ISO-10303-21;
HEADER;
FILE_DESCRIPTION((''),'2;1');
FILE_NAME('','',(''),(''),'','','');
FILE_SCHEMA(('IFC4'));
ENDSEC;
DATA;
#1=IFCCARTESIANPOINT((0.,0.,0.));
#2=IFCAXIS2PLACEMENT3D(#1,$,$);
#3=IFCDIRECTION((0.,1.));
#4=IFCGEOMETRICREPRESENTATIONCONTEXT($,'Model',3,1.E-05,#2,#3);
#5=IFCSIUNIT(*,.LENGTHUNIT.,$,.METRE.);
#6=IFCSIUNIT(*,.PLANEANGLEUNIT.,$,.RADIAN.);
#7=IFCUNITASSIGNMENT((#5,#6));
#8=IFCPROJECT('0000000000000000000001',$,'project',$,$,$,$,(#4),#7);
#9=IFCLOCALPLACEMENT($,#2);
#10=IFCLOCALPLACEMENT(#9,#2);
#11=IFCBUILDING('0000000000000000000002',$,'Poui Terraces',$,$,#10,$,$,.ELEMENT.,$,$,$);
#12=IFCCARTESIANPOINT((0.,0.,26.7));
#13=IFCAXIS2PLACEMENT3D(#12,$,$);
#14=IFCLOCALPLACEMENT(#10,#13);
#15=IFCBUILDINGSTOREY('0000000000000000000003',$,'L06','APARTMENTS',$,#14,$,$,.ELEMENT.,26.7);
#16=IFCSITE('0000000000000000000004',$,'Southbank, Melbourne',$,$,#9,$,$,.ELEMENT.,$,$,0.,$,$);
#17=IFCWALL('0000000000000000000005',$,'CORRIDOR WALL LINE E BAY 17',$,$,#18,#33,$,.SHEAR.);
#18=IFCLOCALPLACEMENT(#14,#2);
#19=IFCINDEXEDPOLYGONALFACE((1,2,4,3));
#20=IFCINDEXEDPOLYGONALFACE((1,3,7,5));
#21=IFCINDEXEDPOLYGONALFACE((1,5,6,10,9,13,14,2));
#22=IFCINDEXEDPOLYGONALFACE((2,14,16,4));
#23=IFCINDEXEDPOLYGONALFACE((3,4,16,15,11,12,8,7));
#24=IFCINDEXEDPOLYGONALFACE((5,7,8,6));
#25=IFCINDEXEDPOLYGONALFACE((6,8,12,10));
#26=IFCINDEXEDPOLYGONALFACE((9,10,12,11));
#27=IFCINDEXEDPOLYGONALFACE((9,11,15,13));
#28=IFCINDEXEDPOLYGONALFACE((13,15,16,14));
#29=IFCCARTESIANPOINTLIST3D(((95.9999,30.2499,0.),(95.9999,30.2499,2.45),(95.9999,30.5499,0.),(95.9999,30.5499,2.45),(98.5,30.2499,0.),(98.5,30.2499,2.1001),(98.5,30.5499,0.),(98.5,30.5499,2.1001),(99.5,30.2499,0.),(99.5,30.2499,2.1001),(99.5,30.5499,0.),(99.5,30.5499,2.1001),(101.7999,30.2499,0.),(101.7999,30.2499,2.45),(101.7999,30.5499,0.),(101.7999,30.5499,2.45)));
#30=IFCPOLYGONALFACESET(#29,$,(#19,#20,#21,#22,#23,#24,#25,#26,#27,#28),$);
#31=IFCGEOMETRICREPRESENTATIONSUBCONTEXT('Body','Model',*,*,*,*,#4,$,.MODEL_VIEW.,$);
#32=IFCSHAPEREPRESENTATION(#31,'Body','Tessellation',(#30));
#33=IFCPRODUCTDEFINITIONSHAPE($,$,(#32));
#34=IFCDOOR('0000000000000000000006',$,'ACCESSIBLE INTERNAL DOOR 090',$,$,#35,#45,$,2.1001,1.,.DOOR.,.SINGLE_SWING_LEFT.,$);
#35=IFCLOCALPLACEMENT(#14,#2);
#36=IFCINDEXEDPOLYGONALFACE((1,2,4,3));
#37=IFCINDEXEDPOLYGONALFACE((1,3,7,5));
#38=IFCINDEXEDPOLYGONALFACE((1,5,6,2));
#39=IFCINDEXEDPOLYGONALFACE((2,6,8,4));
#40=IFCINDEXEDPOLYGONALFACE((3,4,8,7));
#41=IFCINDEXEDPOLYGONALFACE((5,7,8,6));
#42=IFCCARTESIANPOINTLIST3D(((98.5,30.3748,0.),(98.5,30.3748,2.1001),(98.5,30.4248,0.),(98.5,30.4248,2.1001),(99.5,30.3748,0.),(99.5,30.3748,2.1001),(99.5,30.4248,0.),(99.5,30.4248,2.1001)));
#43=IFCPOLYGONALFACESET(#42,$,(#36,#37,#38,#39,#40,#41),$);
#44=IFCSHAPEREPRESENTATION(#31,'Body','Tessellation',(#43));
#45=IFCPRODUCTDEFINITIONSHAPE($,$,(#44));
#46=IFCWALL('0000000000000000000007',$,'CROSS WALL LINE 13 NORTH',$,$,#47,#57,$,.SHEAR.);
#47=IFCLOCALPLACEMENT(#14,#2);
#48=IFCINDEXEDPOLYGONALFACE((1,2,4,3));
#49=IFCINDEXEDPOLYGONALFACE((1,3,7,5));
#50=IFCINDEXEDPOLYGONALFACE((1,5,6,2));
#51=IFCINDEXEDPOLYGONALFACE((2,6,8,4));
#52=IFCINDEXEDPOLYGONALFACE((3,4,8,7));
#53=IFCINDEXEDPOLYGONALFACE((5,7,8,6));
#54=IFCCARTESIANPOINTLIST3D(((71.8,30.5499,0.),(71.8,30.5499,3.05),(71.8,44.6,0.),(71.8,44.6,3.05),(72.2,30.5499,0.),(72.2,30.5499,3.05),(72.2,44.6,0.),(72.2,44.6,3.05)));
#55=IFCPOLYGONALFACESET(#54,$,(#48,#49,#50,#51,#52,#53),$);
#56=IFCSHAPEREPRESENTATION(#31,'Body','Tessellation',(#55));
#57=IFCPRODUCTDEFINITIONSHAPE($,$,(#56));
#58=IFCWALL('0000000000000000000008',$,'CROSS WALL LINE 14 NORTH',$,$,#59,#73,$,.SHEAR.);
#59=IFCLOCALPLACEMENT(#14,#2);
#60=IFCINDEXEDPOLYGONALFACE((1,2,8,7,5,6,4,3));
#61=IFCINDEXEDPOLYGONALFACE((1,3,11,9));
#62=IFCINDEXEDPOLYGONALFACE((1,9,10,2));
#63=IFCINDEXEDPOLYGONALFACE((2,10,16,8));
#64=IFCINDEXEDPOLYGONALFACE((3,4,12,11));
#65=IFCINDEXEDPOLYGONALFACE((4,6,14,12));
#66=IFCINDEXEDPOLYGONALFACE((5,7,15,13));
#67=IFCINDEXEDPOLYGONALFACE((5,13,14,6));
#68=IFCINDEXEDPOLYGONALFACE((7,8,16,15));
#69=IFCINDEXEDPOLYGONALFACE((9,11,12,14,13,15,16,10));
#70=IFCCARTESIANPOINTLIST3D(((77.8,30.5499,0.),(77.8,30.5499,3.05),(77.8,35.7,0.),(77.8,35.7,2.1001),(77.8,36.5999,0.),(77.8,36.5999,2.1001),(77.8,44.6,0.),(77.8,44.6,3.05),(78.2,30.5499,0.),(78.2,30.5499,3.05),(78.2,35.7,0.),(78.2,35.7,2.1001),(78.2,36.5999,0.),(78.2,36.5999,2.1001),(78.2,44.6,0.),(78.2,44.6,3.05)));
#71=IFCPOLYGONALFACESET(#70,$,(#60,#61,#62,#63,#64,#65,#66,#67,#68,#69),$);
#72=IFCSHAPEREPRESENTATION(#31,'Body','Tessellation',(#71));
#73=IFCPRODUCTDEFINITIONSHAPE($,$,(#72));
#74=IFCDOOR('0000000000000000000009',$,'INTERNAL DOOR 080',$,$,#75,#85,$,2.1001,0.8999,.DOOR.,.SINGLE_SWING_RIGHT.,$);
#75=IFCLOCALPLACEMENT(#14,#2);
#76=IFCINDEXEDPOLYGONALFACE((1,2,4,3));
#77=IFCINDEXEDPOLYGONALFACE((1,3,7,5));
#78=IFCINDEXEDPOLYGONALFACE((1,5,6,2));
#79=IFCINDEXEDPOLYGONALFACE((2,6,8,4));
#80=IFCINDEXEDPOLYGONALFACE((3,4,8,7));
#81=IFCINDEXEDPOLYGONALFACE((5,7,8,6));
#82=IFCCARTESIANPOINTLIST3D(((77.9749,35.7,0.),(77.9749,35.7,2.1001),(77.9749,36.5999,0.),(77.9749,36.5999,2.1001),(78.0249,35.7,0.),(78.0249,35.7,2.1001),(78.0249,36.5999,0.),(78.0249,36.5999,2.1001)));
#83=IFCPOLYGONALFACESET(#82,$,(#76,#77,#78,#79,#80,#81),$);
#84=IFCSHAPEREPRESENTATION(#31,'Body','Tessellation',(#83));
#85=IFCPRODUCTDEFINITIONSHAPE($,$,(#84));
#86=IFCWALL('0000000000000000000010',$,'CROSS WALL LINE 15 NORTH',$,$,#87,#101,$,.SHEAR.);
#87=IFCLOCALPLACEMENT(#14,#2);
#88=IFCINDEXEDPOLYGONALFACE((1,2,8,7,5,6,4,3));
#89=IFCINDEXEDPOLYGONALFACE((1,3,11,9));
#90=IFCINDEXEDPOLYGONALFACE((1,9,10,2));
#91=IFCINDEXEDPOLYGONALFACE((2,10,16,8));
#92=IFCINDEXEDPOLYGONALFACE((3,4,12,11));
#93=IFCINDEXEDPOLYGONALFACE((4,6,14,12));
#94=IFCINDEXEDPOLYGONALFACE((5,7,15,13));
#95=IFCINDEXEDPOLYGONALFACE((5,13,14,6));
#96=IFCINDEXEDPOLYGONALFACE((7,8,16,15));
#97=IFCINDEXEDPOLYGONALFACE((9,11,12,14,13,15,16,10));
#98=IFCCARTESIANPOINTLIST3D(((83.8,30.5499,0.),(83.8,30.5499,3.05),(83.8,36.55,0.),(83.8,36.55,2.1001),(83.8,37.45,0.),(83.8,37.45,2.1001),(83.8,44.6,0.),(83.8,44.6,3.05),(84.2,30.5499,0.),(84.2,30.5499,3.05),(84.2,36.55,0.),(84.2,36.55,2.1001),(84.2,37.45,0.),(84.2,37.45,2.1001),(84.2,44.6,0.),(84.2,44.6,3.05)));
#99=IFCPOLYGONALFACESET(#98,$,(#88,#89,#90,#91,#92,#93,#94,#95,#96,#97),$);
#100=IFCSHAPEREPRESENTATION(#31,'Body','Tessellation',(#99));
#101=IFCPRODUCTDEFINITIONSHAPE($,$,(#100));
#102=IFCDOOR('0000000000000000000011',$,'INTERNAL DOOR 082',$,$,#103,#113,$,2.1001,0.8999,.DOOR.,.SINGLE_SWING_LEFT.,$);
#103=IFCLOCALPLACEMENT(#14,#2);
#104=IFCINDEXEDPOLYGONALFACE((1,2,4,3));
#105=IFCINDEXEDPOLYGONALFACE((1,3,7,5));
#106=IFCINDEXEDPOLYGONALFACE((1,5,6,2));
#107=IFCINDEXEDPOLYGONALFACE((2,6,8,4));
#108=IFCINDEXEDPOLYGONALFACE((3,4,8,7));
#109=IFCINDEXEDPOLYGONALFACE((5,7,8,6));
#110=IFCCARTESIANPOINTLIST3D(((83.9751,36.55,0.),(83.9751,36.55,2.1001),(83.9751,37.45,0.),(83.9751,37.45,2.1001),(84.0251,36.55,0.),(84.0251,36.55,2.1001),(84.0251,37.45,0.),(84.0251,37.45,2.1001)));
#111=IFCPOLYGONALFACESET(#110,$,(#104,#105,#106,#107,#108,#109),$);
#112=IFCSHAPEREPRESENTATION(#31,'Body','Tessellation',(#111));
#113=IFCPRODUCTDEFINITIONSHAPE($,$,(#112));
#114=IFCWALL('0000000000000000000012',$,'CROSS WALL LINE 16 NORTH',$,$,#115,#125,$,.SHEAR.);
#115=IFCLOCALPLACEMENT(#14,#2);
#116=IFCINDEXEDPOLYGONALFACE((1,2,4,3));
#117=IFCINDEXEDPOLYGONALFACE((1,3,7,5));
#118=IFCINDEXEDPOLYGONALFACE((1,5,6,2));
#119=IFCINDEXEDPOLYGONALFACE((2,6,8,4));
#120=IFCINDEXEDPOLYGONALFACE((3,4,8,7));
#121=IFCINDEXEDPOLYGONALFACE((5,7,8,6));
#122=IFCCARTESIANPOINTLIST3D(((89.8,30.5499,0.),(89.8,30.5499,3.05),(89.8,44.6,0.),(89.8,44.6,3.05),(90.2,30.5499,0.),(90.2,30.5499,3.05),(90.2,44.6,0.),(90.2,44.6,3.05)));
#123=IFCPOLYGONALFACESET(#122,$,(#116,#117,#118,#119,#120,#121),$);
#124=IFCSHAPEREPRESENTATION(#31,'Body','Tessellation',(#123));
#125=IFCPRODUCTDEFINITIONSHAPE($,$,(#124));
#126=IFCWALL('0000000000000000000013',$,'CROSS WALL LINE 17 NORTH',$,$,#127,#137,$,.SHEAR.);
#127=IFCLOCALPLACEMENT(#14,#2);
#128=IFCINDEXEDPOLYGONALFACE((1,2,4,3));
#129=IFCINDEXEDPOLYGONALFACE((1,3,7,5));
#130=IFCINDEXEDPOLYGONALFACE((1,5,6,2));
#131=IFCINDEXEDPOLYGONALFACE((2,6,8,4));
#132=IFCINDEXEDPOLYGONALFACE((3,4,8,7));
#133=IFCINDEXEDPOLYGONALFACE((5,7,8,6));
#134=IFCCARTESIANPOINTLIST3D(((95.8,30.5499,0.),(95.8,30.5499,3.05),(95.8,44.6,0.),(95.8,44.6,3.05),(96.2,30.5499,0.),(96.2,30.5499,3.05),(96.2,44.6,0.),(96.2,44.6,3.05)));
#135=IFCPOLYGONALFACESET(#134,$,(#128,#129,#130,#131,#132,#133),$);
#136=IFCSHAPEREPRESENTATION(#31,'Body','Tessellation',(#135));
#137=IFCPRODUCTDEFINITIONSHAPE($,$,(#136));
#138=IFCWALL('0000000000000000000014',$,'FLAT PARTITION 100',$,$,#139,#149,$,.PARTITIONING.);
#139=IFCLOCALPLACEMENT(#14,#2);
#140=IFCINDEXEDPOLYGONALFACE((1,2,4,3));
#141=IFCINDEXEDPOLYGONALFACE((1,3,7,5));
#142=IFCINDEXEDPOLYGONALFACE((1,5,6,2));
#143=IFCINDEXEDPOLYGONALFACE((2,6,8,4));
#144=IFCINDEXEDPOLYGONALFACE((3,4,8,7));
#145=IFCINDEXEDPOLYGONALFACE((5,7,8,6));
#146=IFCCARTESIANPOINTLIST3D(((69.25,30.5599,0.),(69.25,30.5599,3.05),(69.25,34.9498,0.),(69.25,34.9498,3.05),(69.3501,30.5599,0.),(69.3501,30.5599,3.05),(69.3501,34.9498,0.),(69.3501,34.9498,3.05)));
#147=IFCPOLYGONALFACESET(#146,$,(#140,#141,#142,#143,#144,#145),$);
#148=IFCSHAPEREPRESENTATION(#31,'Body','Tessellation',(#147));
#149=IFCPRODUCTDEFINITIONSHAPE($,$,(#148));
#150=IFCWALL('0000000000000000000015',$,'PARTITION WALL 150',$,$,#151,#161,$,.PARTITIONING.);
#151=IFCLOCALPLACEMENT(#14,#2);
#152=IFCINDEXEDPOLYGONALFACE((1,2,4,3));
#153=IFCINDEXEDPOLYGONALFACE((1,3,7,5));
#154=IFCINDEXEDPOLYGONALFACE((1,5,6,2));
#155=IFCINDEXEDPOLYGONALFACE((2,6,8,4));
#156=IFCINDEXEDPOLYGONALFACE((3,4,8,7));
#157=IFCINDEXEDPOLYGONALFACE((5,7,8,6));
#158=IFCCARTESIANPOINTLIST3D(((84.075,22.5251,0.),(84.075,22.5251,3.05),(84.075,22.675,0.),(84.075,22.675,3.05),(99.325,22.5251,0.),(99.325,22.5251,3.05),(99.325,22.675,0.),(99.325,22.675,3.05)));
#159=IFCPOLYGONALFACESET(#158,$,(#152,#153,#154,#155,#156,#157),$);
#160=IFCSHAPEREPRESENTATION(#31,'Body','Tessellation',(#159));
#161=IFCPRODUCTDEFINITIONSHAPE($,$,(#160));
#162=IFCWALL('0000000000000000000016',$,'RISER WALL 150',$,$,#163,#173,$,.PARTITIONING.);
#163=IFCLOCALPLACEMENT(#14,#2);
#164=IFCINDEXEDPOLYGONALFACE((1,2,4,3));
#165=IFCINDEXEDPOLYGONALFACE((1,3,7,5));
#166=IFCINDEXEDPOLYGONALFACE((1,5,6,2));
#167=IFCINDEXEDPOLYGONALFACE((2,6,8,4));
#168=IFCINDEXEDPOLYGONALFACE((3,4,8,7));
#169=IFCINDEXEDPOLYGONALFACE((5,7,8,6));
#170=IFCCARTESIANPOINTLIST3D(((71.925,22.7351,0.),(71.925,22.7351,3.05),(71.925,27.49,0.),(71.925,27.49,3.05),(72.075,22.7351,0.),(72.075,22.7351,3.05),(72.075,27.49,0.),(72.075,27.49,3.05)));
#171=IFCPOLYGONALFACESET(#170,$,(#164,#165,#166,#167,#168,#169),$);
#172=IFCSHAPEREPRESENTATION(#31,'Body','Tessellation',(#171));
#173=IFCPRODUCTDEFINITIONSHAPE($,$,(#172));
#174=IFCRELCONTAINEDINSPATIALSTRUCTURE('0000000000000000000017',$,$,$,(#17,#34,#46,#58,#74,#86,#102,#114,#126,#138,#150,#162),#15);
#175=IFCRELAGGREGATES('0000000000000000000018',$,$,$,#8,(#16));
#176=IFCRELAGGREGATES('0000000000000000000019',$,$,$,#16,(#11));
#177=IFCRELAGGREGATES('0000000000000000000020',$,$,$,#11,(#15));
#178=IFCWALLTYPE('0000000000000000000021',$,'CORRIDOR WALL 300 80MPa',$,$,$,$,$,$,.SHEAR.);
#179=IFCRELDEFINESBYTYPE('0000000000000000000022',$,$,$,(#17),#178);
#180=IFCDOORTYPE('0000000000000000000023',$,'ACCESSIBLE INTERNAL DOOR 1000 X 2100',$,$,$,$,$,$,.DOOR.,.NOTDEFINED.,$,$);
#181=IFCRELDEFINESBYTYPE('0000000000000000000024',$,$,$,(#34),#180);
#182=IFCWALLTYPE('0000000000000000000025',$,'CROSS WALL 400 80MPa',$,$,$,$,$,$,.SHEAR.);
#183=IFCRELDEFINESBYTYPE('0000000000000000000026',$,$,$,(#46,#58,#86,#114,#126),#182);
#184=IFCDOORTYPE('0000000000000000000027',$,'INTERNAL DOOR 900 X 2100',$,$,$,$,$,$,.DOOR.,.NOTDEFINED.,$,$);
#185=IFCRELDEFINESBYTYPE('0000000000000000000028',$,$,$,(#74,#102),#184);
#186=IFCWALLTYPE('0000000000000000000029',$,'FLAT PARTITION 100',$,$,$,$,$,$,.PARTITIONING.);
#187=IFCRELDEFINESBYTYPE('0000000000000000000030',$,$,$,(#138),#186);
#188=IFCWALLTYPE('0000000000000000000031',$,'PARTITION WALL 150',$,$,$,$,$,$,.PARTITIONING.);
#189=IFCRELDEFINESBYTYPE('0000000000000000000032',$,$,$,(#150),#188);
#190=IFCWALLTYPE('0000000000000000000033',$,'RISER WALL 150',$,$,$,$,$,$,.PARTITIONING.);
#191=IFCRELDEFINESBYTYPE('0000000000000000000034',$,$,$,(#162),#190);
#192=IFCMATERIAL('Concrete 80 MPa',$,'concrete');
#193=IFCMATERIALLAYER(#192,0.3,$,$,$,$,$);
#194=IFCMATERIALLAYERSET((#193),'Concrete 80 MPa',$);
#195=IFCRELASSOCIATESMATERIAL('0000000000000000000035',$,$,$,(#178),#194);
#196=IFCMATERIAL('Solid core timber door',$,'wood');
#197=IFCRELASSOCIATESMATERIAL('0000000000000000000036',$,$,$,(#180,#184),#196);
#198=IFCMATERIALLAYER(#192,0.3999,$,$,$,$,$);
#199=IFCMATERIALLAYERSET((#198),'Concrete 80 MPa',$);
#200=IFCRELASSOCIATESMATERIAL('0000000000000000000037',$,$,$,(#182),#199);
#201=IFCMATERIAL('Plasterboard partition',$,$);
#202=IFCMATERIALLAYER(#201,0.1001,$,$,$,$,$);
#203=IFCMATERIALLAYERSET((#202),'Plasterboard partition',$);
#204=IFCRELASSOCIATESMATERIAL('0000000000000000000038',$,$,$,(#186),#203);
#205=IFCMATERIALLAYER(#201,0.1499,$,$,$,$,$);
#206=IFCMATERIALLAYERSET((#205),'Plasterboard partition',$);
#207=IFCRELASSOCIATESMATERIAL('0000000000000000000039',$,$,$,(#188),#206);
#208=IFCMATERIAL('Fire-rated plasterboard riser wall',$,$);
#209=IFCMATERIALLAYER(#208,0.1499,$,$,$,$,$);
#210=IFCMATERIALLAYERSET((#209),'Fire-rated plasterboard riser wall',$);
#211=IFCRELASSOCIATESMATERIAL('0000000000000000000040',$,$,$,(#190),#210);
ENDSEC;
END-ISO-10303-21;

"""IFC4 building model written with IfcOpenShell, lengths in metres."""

from ifc_helpers import new_model, si_unit, direction, frame, frame_2d, origin, place, context, subcontext, project, spatial, rectangle, extrude, material, layer, layer_set, type_object, element, fill, save


model = new_model("IFC4")

# Units and contexts
model_context = context("Model", 3, precision=1e-05, world=origin(), true_north=direction((0.0, 1.0)))
body_context = subcontext(model_context, "Body", "Model", "MODEL_VIEW")
ifc_project = project(units=[si_unit("LENGTHUNIT", "METRE"), si_unit("PLANEANGLEUNIT", "RADIAN")], contexts=[model_context])

# Site, building, storey
site_placement = place(None, origin())
site = spatial("IfcSite", under=ifc_project, at=site_placement, Name="Southbank, Melbourne", CompositionType="ELEMENT", RefElevation=0.0)
building_placement = place(site_placement, origin())
building = spatial("IfcBuilding", under=site, at=building_placement, Name="Poui Terraces", CompositionType="ELEMENT")
storey_placement = place(building_placement, frame((0.0, 0.0, 26.7)))
storey = spatial("IfcBuildingStorey", under=building, at=storey_placement, Name="L06", Description="APARTMENTS", CompositionType="ELEMENT", Elevation=26.7)

# Shared definitions
ifc_material_1 = material(Name="Concrete 80 MPa", Category="concrete")

# Shared definitions
ifc_layer_1 = layer(ifc_material_1, 0.3)
ifc_layer_set_1 = layer_set([ifc_layer_1], Name="Concrete 80 MPa")
wall_type_1 = type_object("IfcWallType", Name="CORRIDOR WALL 300 80MPa", PredefinedType="SHEAR", material=ifc_layer_set_1)

# Wall, opening, door
wall_1_placement = place(storey_placement, frame((96.0, 30.3999, 0.0), z_axis=(0.0, 0.0, 1.0), x_axis=(1.0, 0.0, 0.0)))
wall_1 = element("IfcWall", 1, at=wall_1_placement, inside=storey, type_object=wall_type_1, Name="CORRIDOR WALL LINE E BAY 17", PredefinedType="SHEAR", context=body_context, shape_type="SweptSolid", body=[
    extrude(rectangle(XDim=5.8, YDim=0.3, at=frame_2d((2.8999, 0.0))), origin(), (0.0, 0.0, 1.0), 2.45),
])
opening_1_placement = place(wall_1_placement, frame((2.5, 0.0, 0.0)))
opening_1 = element("IfcOpeningElement", 2, at=opening_1_placement, cuts=wall_1, PredefinedType="OPENING", context=body_context, shape_type="SweptSolid", body=[
    extrude(rectangle(XDim=1.0, YDim=2.1001, at=frame_2d((0.5, 1.05))), frame((0.0, 0.1602, 0.0), z_axis=(0.0, -1.0, 0.0), x_axis=(1.0, 0.0, 0.0)), (0.0, 0.0, 1.0), 0.3201),
])
ifc_material_2 = material(Name="Solid core timber door", Category="wood")
door_type_1 = type_object("IfcDoorType", Name="ACCESSIBLE INTERNAL DOOR 1000 X 2100", OperationType="NOTDEFINED", PredefinedType="DOOR", material=ifc_material_2)
door_1_placement = place(opening_1_placement, origin())
door_1 = element("IfcDoor", 3, at=door_1_placement, inside=storey, type_object=door_type_1, Name="ACCESSIBLE INTERNAL DOOR 090", OperationType="SINGLE_SWING_LEFT", OverallHeight=2.1001, OverallWidth=1.0, PredefinedType="DOOR", context=body_context, shape_type="SweptSolid", body=[
    extrude(rectangle(XDim=1.0, YDim=2.1001, at=frame_2d((0.5, 1.05))), frame((0.0, 0.0249, 0.0), z_axis=(0.0, -1.0, 0.0), x_axis=(1.0, 0.0, 0.0)), (0.0, 0.0, 1.0), 0.05),
])
fill(opening_1, door_1)

# Wall
ifc_layer_2 = layer(ifc_material_1, 0.3999)
ifc_layer_set_2 = layer_set([ifc_layer_2], Name="Concrete 80 MPa")
wall_type_2 = type_object("IfcWallType", Name="CROSS WALL 400 80MPa", PredefinedType="SHEAR", material=ifc_layer_set_2)
wall_2_placement = place(storey_placement, frame((72.0, 30.55, 0.0), z_axis=(0.0, 0.0, 1.0), x_axis=(0.0, 1.0, 0.0)))
element("IfcWall", 4, at=wall_2_placement, inside=storey, type_object=wall_type_2, Name="CROSS WALL LINE 13 NORTH", PredefinedType="SHEAR", context=body_context, shape_type="SweptSolid", body=[
    extrude(rectangle(XDim=14.05, YDim=0.3999, at=frame_2d((7.0249, 0.0))), origin(), (0.0, 0.0, 1.0), 3.05),
])

# Walls, openings, doors
wall_3_placement = place(storey_placement, frame((78.0, 30.55, 0.0), z_axis=(0.0, 0.0, 1.0), x_axis=(0.0, 1.0, 0.0)))
wall_3 = element("IfcWall", 5, at=wall_3_placement, inside=storey, type_object=wall_type_2, Name="CROSS WALL LINE 14 NORTH", PredefinedType="SHEAR", context=body_context, shape_type="SweptSolid", body=[
    extrude(rectangle(XDim=14.05, YDim=0.3999, at=frame_2d((7.0249, 0.0))), origin(), (0.0, 0.0, 1.0), 3.05),
])
opening_2_placement = place(wall_3_placement, frame((5.1499, 0.0, 0.0)))
opening_2 = element("IfcOpeningElement", 6, at=opening_2_placement, cuts=wall_3, PredefinedType="OPENING", context=body_context, shape_type="SweptSolid", body=[
    extrude(rectangle(XDim=0.8999, YDim=2.1001, at=frame_2d((0.45, 1.05))), frame((0.0, 0.21, 0.0), z_axis=(0.0, -1.0, 0.0), x_axis=(1.0, 0.0, 0.0)), (0.0, 0.0, 1.0), 0.4199),
])
door_type_2 = type_object("IfcDoorType", Name="INTERNAL DOOR 900 X 2100", OperationType="NOTDEFINED", PredefinedType="DOOR", material=ifc_material_2)
door_2_placement = place(opening_2_placement, frame((0.8999, 0.0, 0.0), z_axis=(0.0, 0.0, 1.0), x_axis=(-1.0, 0.0, 0.0)))
door_2 = element("IfcDoor", 7, at=door_2_placement, inside=storey, type_object=door_type_2, Name="INTERNAL DOOR 080", OperationType="SINGLE_SWING_RIGHT", OverallHeight=2.1001, OverallWidth=0.8999, PredefinedType="DOOR", context=body_context, shape_type="SweptSolid", body=[
    extrude(rectangle(XDim=0.8999, YDim=2.1001, at=frame_2d((0.45, 1.05))), frame((0.0, 0.0249, 0.0), z_axis=(0.0, -1.0, 0.0), x_axis=(1.0, 0.0, 0.0)), (0.0, 0.0, 1.0), 0.05),
])
fill(opening_2, door_2)
wall_4_placement = place(storey_placement, frame((84.0, 30.55, 0.0), z_axis=(0.0, 0.0, 1.0), x_axis=(0.0, 1.0, 0.0)))
wall_4 = element("IfcWall", 8, at=wall_4_placement, inside=storey, type_object=wall_type_2, Name="CROSS WALL LINE 15 NORTH", PredefinedType="SHEAR", context=body_context, shape_type="SweptSolid", body=[
    extrude(rectangle(XDim=14.05, YDim=0.3999, at=frame_2d((7.0249, 0.0))), origin(), (0.0, 0.0, 1.0), 3.05),
])
opening_3_placement = place(wall_4_placement, frame((6.0, 0.0, 0.0)))
opening_3 = element("IfcOpeningElement", 9, at=opening_3_placement, cuts=wall_4, PredefinedType="OPENING", context=body_context, shape_type="SweptSolid", body=[
    extrude(rectangle(XDim=0.8999, YDim=2.1001, at=frame_2d((0.45, 1.05))), frame((0.0, 0.21, 0.0), z_axis=(0.0, -1.0, 0.0), x_axis=(1.0, 0.0, 0.0)), (0.0, 0.0, 1.0), 0.4199),
])
door_3_placement = place(opening_3_placement, origin())
door_3 = element("IfcDoor", 10, at=door_3_placement, inside=storey, type_object=door_type_2, Name="INTERNAL DOOR 082", OperationType="SINGLE_SWING_LEFT", OverallHeight=2.1001, OverallWidth=0.8999, PredefinedType="DOOR", context=body_context, shape_type="SweptSolid", body=[
    extrude(rectangle(XDim=0.8999, YDim=2.1001, at=frame_2d((0.45, 1.05))), frame((0.0, 0.0249, 0.0), z_axis=(0.0, -1.0, 0.0), x_axis=(1.0, 0.0, 0.0)), (0.0, 0.0, 1.0), 0.05),
])
fill(opening_3, door_3)

# Walls
for number, where, z_axis, x_axis, name in (
    (11, (90.0, 30.55, 0.0), (0.0, 0.0, 1.0), (0.0, 1.0, 0.0), "CROSS WALL LINE 16 NORTH"),
    (12, (96.0, 30.55, 0.0), (0.0, 0.0, 1.0), (0.0, 1.0, 0.0), "CROSS WALL LINE 17 NORTH"),
):
    element("IfcWall", number, at=place(storey_placement, frame(where, z_axis=z_axis, x_axis=x_axis)), inside=storey, type_object=wall_type_2, Name=name, PredefinedType="SHEAR", context=body_context, shape_type="SweptSolid", body=[
        extrude(rectangle(XDim=14.05, YDim=0.3999, at=frame_2d((7.0249, 0.0))), origin(), (0.0, 0.0, 1.0), 3.05),
    ])
ifc_material_3 = material(Name="Plasterboard partition")
ifc_layer_3 = layer(ifc_material_3, 0.1001)
ifc_layer_set_3 = layer_set([ifc_layer_3], Name="Plasterboard partition")
wall_type_3 = type_object("IfcWallType", Name="FLAT PARTITION 100", PredefinedType="PARTITIONING", material=ifc_layer_set_3)
wall_5_placement = place(storey_placement, frame((69.3, 30.5601, 0.0), z_axis=(0.0, 0.0, 1.0), x_axis=(0.0, 1.0, 0.0)))
element("IfcWall", 13, at=wall_5_placement, inside=storey, type_object=wall_type_3, Name="FLAT PARTITION 100", PredefinedType="PARTITIONING", context=body_context, shape_type="SweptSolid", body=[
    extrude(rectangle(XDim=4.3899, YDim=0.1001, at=frame_2d((2.1948, 0.0))), origin(), (0.0, 0.0, 1.0), 3.05),
])
ifc_layer_4 = layer(ifc_material_3, 0.1499)
ifc_layer_set_4 = layer_set([ifc_layer_4], Name="Plasterboard partition")
wall_type_4 = type_object("IfcWallType", Name="PARTITION WALL 150", PredefinedType="PARTITIONING", material=ifc_layer_set_4)
wall_6_placement = place(storey_placement, frame((84.075, 22.6001, 0.0), z_axis=(0.0, 0.0, 1.0), x_axis=(1.0, 0.0, 0.0)))
element("IfcWall", 14, at=wall_6_placement, inside=storey, type_object=wall_type_4, Name="PARTITION WALL 150", PredefinedType="PARTITIONING", context=body_context, shape_type="SweptSolid", body=[
    extrude(rectangle(XDim=15.25, YDim=0.1499, at=frame_2d((7.625, 0.0))), origin(), (0.0, 0.0, 1.0), 3.05),
])
ifc_material_4 = material(Name="Fire-rated plasterboard riser wall")
ifc_layer_5 = layer(ifc_material_4, 0.1499)
ifc_layer_set_5 = layer_set([ifc_layer_5], Name="Fire-rated plasterboard riser wall")
wall_type_5 = type_object("IfcWallType", Name="RISER WALL 150", PredefinedType="PARTITIONING", material=ifc_layer_set_5)
for number, where, z_axis, x_axis, name in (
    (15, (72.0, 22.7351, 0.0), (0.0, 0.0, 1.0), (0.0, 1.0, 0.0), "RISER WALL 150"),
):
    element("IfcWall", number, at=place(storey_placement, frame(where, z_axis=z_axis, x_axis=x_axis)), inside=storey, type_object=wall_type_5, Name=name, PredefinedType="PARTITIONING", context=body_context, shape_type="SweptSolid", body=[
        extrude(rectangle(XDim=4.7549, YDim=0.1499, at=frame_2d((2.3774, 0.0))), origin(), (0.0, 0.0, 1.0), 3.05),
    ])

save(model, "model.ifc")
